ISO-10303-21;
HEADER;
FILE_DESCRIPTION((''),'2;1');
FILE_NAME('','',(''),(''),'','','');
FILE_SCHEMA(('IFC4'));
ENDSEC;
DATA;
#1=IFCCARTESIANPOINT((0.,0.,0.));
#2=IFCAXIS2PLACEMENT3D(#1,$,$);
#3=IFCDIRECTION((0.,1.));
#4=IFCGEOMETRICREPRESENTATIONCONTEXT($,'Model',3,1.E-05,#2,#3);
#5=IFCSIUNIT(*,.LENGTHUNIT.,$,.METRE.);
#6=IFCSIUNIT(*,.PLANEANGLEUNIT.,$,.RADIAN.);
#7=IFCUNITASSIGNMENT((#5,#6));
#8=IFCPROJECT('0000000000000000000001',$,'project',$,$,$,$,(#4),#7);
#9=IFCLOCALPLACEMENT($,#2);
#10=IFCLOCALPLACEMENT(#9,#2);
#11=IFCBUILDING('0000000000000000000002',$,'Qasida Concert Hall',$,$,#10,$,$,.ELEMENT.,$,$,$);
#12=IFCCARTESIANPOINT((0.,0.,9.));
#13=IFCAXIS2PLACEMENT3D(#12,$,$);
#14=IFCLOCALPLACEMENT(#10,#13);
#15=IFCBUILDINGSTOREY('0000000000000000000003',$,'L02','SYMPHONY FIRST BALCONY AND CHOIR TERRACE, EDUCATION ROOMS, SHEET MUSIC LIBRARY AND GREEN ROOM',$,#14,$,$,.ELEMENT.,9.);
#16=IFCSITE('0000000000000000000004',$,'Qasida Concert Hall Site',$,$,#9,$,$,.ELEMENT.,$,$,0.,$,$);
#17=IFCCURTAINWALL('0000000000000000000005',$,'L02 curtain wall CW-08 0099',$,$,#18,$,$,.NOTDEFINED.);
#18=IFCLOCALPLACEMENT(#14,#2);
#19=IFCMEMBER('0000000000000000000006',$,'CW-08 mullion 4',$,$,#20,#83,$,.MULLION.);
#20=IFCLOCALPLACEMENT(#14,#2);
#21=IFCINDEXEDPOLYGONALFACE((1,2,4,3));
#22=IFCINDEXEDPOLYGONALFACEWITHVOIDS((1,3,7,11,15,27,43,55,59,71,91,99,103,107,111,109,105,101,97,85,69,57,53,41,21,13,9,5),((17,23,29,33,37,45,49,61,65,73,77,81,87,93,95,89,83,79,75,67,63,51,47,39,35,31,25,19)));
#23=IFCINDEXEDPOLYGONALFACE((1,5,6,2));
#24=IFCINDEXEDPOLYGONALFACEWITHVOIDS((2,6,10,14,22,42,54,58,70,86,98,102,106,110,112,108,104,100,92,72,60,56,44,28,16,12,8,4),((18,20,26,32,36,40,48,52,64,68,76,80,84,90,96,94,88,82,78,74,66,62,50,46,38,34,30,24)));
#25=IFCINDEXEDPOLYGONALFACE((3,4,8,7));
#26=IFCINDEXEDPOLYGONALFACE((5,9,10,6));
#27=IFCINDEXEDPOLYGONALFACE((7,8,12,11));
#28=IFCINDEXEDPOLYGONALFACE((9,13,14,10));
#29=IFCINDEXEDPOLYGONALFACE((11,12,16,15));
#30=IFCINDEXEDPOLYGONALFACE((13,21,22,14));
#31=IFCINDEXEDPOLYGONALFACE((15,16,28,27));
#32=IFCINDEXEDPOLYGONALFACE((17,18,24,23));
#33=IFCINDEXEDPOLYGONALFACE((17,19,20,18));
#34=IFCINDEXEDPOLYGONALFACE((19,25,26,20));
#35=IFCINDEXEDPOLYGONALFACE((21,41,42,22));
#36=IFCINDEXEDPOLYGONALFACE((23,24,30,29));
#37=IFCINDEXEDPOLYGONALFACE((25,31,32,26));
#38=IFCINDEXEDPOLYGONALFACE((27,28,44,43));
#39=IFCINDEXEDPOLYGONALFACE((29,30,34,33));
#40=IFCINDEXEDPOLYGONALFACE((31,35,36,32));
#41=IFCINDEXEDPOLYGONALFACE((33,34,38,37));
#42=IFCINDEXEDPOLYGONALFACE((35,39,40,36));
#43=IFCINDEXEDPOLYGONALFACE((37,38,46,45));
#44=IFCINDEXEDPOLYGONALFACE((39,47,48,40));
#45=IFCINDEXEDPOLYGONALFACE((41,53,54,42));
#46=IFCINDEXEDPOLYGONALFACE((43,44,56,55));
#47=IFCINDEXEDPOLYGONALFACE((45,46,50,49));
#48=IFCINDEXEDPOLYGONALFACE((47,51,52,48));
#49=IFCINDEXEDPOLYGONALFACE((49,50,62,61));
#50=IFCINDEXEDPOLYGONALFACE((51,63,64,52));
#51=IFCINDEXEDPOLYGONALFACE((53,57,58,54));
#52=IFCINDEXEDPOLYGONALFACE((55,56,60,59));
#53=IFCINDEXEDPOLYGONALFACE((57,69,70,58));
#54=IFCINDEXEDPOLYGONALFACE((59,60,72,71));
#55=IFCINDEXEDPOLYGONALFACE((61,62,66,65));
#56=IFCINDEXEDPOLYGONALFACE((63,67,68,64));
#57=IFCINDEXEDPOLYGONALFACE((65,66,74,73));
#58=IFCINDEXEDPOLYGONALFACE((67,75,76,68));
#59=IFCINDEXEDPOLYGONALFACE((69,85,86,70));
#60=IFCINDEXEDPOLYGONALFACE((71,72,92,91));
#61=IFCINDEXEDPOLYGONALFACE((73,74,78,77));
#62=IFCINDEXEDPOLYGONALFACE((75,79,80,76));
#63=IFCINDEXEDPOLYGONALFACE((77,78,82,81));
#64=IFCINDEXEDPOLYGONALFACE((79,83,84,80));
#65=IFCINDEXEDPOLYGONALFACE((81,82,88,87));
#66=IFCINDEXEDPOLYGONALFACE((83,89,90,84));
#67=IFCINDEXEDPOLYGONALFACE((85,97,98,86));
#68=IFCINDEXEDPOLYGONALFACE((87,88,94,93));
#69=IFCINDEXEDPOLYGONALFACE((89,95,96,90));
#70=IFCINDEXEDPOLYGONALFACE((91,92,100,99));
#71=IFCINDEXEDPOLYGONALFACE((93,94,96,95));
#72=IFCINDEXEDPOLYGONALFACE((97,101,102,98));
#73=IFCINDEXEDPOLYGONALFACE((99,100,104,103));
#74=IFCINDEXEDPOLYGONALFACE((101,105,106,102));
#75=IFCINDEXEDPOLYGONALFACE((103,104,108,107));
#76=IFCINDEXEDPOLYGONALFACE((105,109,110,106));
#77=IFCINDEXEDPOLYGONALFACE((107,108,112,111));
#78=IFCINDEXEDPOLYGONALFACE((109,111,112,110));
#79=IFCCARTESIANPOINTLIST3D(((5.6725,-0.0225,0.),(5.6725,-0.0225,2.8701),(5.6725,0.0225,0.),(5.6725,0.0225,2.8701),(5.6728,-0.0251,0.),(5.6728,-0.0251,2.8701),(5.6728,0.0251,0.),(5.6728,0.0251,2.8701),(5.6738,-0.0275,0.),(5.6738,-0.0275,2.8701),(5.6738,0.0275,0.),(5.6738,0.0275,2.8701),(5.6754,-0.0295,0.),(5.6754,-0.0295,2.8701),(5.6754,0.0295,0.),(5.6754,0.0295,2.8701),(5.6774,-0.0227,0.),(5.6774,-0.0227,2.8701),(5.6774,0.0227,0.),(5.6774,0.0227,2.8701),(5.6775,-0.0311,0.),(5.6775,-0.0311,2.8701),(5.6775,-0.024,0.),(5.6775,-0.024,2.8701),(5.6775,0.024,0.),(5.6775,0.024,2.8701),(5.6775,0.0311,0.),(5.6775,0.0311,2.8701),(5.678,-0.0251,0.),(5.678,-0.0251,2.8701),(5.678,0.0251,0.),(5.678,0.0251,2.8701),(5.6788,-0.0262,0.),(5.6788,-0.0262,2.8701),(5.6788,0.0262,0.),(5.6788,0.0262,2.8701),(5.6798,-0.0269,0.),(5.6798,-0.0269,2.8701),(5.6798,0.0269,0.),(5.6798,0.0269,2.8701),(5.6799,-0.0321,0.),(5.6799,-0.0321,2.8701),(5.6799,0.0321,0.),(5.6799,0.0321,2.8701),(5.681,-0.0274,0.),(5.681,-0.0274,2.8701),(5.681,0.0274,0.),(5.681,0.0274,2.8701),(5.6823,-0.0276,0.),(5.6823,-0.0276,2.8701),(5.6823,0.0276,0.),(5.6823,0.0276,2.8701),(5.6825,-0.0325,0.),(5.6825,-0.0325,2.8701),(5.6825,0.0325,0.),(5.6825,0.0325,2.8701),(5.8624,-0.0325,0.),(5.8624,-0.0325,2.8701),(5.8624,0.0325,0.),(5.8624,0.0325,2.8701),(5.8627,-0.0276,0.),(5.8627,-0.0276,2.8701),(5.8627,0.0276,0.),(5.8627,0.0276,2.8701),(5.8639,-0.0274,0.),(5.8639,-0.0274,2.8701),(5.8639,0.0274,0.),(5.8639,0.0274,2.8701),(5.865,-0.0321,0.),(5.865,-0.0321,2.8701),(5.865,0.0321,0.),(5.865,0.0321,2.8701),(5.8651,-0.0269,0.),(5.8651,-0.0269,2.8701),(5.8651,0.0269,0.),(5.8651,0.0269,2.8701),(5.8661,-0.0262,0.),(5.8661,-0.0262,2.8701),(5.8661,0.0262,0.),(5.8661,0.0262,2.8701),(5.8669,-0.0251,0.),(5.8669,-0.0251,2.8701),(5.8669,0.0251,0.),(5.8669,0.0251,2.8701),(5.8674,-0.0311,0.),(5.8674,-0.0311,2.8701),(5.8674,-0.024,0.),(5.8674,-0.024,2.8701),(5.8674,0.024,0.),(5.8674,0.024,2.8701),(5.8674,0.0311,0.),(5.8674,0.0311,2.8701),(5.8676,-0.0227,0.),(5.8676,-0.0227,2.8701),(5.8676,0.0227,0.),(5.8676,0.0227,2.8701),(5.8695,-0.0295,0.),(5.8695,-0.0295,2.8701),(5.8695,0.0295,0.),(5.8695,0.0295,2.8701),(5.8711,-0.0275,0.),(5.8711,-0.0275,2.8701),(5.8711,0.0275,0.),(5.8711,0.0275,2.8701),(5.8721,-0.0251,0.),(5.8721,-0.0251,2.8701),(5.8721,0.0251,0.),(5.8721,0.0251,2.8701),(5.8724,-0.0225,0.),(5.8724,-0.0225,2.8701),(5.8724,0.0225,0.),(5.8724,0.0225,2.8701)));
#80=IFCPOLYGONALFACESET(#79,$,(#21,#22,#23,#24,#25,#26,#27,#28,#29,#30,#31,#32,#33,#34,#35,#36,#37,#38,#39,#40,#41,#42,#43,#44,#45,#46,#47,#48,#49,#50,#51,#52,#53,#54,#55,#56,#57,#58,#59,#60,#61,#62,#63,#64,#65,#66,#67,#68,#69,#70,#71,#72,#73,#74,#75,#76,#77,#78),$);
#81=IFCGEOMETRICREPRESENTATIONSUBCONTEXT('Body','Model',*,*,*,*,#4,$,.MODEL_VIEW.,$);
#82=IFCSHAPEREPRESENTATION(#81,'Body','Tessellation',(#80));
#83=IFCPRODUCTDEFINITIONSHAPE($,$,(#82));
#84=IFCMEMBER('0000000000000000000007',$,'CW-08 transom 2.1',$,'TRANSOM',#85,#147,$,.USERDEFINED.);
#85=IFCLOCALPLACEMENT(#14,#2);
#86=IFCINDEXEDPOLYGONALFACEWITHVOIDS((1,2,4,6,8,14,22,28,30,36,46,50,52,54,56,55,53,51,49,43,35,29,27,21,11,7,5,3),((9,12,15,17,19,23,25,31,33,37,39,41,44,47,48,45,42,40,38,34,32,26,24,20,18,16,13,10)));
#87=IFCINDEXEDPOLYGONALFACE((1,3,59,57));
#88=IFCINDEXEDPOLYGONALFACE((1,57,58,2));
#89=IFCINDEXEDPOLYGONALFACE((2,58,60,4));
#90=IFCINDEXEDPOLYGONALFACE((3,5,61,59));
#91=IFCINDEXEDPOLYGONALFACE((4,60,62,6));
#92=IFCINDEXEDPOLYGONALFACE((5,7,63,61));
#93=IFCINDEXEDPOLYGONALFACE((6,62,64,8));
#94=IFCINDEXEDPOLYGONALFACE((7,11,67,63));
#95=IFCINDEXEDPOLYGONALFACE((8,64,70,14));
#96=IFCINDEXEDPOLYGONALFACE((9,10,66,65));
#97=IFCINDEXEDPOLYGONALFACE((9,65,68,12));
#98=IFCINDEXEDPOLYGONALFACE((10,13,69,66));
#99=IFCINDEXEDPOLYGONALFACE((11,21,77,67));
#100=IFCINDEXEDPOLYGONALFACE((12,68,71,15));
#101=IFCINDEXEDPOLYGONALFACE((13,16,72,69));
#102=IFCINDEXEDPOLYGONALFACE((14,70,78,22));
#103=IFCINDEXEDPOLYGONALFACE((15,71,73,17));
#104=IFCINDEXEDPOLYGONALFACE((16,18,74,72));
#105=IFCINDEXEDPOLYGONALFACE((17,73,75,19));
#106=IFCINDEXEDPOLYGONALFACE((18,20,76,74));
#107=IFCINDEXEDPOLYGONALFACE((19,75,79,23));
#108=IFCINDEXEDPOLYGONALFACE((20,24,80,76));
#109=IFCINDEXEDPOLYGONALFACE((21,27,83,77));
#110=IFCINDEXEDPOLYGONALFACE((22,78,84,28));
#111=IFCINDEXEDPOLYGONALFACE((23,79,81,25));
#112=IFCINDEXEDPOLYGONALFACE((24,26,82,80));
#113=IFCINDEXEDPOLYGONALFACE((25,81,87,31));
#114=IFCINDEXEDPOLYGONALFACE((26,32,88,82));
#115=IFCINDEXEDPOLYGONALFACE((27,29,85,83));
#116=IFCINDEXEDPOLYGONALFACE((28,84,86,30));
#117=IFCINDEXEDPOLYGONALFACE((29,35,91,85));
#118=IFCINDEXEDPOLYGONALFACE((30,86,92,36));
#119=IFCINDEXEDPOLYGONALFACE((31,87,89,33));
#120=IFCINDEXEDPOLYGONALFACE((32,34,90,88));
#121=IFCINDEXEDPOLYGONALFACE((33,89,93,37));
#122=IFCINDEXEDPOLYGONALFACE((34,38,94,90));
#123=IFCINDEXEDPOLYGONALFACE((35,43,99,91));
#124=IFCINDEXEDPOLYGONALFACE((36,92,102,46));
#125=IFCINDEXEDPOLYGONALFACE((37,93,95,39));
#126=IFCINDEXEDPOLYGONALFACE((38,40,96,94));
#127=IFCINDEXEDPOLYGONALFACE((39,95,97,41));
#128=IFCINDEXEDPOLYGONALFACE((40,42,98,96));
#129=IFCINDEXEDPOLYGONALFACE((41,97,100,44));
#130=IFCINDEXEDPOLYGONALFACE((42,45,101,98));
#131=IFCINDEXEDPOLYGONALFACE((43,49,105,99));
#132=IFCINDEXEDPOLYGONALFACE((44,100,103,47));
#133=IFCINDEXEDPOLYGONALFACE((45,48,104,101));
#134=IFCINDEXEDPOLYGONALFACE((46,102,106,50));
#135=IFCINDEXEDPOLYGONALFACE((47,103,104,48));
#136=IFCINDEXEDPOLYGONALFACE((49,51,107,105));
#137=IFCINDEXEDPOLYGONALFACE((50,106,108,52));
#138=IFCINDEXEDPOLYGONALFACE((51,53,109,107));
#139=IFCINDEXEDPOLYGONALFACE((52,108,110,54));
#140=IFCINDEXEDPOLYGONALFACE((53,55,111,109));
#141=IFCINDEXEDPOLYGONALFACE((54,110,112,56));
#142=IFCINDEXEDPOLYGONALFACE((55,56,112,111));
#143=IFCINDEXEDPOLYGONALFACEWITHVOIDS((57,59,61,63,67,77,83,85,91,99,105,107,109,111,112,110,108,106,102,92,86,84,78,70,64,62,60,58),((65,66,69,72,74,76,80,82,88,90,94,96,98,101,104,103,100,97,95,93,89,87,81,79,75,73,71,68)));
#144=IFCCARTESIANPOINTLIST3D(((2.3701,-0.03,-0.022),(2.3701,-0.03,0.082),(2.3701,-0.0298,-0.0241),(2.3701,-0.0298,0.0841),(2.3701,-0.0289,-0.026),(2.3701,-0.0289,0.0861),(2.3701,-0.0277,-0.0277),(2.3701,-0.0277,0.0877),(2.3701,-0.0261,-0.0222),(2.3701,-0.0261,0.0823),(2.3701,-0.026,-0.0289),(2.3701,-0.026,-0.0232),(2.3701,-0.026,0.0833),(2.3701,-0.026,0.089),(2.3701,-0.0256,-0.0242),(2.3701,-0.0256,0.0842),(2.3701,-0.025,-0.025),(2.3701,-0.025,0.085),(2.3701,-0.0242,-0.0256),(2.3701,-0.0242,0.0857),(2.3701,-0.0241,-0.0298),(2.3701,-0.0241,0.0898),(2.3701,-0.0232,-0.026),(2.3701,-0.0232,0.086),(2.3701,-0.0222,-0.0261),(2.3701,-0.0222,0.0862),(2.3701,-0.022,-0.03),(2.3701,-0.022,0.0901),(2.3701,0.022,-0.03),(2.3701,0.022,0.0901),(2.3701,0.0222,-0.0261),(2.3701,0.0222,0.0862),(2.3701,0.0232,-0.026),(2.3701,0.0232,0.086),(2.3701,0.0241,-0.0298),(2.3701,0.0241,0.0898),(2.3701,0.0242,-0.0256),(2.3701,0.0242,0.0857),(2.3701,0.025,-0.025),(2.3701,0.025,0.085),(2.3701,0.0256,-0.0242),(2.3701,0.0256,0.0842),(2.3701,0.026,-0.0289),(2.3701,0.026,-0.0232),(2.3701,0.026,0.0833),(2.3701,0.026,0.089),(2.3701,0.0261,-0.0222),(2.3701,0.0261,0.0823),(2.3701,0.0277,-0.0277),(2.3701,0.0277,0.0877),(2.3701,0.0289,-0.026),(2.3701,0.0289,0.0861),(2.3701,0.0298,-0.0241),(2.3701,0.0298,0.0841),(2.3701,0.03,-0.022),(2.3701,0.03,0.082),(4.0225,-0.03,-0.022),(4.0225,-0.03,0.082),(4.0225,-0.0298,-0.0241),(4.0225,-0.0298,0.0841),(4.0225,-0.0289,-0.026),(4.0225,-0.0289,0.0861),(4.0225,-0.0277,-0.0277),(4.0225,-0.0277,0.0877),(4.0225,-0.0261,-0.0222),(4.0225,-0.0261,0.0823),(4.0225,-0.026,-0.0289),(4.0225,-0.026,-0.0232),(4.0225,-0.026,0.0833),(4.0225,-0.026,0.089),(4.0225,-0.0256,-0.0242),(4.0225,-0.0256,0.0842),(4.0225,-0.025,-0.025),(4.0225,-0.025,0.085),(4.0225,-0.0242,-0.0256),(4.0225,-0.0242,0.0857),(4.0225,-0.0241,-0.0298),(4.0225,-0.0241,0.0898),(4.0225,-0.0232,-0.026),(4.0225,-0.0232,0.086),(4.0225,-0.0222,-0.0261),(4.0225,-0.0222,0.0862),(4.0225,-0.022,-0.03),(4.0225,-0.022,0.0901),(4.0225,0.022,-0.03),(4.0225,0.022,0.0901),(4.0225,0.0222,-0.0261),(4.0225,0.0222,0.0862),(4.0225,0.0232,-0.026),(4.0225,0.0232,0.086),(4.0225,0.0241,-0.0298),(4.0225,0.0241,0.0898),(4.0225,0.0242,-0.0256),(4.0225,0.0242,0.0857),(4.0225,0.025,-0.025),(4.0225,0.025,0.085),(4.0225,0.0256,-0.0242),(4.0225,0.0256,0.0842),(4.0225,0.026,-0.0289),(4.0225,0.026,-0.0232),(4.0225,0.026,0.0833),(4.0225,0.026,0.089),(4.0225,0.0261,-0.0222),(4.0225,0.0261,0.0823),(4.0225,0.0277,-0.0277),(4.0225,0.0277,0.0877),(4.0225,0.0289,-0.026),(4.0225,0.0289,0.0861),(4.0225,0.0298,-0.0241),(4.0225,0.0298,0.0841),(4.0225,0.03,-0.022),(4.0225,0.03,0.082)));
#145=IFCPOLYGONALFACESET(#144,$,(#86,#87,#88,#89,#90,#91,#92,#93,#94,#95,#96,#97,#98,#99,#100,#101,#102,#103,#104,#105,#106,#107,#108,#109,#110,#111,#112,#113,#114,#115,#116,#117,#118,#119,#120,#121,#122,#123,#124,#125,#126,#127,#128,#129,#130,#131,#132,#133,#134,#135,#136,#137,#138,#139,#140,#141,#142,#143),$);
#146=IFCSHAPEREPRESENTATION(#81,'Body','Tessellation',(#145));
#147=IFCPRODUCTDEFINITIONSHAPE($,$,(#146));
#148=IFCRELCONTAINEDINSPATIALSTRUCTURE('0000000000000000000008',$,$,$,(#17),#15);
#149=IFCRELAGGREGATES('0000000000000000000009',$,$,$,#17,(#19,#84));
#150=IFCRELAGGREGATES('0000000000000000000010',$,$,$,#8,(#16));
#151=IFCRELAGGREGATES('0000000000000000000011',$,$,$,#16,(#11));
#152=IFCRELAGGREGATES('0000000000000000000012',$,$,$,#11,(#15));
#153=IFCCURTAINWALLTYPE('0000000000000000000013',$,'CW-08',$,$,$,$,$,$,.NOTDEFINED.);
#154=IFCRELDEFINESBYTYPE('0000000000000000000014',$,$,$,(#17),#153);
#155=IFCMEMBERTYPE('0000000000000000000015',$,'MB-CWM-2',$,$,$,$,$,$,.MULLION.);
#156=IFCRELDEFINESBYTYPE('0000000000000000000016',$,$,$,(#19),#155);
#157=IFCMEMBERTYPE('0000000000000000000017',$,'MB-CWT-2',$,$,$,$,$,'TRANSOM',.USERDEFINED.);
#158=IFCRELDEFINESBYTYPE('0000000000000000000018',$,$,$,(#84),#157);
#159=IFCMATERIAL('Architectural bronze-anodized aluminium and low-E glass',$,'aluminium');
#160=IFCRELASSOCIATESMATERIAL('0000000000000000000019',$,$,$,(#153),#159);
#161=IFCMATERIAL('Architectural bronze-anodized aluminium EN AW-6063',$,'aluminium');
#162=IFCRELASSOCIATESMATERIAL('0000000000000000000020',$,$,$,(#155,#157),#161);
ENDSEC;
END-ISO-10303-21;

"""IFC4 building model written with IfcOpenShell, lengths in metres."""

from ifc_helpers import new_model, si_unit, direction, frame, origin, origin_2d, place, context, subcontext, project, spatial, hollow_rectangle, extrude, material, material_profile, profile_set, type_object, element, aggregate, save


model = new_model("IFC4")

# Units and contexts
model_context = context("Model", 3, precision=1e-05, world=origin(), true_north=direction((0.0, 1.0)))
body_context = subcontext(model_context, "Body", "Model", "MODEL_VIEW")
ifc_project = project(units=[si_unit("LENGTHUNIT", "METRE"), si_unit("PLANEANGLEUNIT", "RADIAN")], contexts=[model_context])

# Site, building, storey
site_placement = place(None, origin())
site = spatial("IfcSite", under=ifc_project, at=site_placement, Name="Qasida Concert Hall Site", CompositionType="ELEMENT", RefElevation=0.0)
building_placement = place(site_placement, origin())
building = spatial("IfcBuilding", under=site, at=building_placement, Name="Qasida Concert Hall", CompositionType="ELEMENT")
storey_placement = place(building_placement, frame((0.0, 0.0, 9.0)))
storey = spatial("IfcBuildingStorey", under=building, at=storey_placement, Name="L02", Description="SYMPHONY FIRST BALCONY AND CHOIR TERRACE, EDUCATION ROOMS, SHEET MUSIC LIBRARY AND GREEN ROOM", CompositionType="ELEMENT", Elevation=9.0)

# Curtain wall, members
ifc_material_1 = material(Name="Architectural bronze-anodized aluminium and low-E glass", Category="aluminium")
curtain_wall_type = type_object("IfcCurtainWallType", Name="CW-08", PredefinedType="NOTDEFINED", material=ifc_material_1)
curtain_wall_placement = place(storey_placement, origin())
curtain_wall = element("IfcCurtainWall", 1, at=curtain_wall_placement, inside=storey, type_object=curtain_wall_type, Name="L02 curtain wall CW-08 0099", PredefinedType="NOTDEFINED")
ifc_material_2 = material(Name="Architectural bronze-anodized aluminium EN AW-6063", Category="aluminium")
ifc_material_profile_1 = material_profile(ifc_material_2, hollow_rectangle(XDim=0.0649, YDim=0.2, WallThickness=0.0049, InnerFilletRadius=0.0049, OuterFilletRadius=0.01, at=origin_2d()), Name="CWM 200x65x5")
ifc_profile_set_1 = profile_set([ifc_material_profile_1], Name="Architectural bronze-anodized aluminium EN AW-6063")
member_type_1 = type_object("IfcMemberType", Name="MB-CWM-2", PredefinedType="MULLION", material=ifc_profile_set_1)
member_1_placement = place(storey_placement, frame((5.7725, 0.0, 0.0), z_axis=(0.0, 0.0, 1.0), x_axis=(0.0, 1.0, 0.0)))
member_1 = element("IfcMember", 2, at=member_1_placement, type_object=member_type_1, Name="CW-08 mullion 4", PredefinedType="MULLION", context=body_context, shape_type="SweptSolid", body=[
    extrude(hollow_rectangle(XDim=0.0649, YDim=0.2, WallThickness=0.0049, InnerFilletRadius=0.0049, OuterFilletRadius=0.01, at=origin_2d()), origin(), (0.0, 0.0, 1.0), 2.8701),
])
ifc_material_profile_2 = material_profile(ifc_material_2, hollow_rectangle(XDim=0.0601, YDim=0.1201, WallThickness=0.0039, InnerFilletRadius=0.0039, OuterFilletRadius=0.0081, at=origin_2d()), Name="CWT 120x60x4")
ifc_profile_set_2 = profile_set([ifc_material_profile_2], Name="Architectural bronze-anodized aluminium EN AW-6063")
member_type_2 = type_object("IfcMemberType", Name="MB-CWT-2", ElementType="TRANSOM", PredefinedType="USERDEFINED", material=ifc_profile_set_2)
member_2_placement = place(storey_placement, frame((2.3701, 0.0, 0.03), z_axis=(1.0, 0.0, 0.0), x_axis=(0.0, 1.0, 0.0)))
member_2 = element("IfcMember", 3, at=member_2_placement, type_object=member_type_2, Name="CW-08 transom 2.1", ObjectType="TRANSOM", PredefinedType="USERDEFINED", context=body_context, shape_type="SweptSolid", body=[
    extrude(hollow_rectangle(XDim=0.0601, YDim=0.1201, WallThickness=0.0039, InnerFilletRadius=0.0039, OuterFilletRadius=0.0081, at=origin_2d()), origin(), (0.0, 0.0, 1.0), 1.6523),
])
aggregate(curtain_wall, [member_1, member_2])

save(model, "model.ifc")
